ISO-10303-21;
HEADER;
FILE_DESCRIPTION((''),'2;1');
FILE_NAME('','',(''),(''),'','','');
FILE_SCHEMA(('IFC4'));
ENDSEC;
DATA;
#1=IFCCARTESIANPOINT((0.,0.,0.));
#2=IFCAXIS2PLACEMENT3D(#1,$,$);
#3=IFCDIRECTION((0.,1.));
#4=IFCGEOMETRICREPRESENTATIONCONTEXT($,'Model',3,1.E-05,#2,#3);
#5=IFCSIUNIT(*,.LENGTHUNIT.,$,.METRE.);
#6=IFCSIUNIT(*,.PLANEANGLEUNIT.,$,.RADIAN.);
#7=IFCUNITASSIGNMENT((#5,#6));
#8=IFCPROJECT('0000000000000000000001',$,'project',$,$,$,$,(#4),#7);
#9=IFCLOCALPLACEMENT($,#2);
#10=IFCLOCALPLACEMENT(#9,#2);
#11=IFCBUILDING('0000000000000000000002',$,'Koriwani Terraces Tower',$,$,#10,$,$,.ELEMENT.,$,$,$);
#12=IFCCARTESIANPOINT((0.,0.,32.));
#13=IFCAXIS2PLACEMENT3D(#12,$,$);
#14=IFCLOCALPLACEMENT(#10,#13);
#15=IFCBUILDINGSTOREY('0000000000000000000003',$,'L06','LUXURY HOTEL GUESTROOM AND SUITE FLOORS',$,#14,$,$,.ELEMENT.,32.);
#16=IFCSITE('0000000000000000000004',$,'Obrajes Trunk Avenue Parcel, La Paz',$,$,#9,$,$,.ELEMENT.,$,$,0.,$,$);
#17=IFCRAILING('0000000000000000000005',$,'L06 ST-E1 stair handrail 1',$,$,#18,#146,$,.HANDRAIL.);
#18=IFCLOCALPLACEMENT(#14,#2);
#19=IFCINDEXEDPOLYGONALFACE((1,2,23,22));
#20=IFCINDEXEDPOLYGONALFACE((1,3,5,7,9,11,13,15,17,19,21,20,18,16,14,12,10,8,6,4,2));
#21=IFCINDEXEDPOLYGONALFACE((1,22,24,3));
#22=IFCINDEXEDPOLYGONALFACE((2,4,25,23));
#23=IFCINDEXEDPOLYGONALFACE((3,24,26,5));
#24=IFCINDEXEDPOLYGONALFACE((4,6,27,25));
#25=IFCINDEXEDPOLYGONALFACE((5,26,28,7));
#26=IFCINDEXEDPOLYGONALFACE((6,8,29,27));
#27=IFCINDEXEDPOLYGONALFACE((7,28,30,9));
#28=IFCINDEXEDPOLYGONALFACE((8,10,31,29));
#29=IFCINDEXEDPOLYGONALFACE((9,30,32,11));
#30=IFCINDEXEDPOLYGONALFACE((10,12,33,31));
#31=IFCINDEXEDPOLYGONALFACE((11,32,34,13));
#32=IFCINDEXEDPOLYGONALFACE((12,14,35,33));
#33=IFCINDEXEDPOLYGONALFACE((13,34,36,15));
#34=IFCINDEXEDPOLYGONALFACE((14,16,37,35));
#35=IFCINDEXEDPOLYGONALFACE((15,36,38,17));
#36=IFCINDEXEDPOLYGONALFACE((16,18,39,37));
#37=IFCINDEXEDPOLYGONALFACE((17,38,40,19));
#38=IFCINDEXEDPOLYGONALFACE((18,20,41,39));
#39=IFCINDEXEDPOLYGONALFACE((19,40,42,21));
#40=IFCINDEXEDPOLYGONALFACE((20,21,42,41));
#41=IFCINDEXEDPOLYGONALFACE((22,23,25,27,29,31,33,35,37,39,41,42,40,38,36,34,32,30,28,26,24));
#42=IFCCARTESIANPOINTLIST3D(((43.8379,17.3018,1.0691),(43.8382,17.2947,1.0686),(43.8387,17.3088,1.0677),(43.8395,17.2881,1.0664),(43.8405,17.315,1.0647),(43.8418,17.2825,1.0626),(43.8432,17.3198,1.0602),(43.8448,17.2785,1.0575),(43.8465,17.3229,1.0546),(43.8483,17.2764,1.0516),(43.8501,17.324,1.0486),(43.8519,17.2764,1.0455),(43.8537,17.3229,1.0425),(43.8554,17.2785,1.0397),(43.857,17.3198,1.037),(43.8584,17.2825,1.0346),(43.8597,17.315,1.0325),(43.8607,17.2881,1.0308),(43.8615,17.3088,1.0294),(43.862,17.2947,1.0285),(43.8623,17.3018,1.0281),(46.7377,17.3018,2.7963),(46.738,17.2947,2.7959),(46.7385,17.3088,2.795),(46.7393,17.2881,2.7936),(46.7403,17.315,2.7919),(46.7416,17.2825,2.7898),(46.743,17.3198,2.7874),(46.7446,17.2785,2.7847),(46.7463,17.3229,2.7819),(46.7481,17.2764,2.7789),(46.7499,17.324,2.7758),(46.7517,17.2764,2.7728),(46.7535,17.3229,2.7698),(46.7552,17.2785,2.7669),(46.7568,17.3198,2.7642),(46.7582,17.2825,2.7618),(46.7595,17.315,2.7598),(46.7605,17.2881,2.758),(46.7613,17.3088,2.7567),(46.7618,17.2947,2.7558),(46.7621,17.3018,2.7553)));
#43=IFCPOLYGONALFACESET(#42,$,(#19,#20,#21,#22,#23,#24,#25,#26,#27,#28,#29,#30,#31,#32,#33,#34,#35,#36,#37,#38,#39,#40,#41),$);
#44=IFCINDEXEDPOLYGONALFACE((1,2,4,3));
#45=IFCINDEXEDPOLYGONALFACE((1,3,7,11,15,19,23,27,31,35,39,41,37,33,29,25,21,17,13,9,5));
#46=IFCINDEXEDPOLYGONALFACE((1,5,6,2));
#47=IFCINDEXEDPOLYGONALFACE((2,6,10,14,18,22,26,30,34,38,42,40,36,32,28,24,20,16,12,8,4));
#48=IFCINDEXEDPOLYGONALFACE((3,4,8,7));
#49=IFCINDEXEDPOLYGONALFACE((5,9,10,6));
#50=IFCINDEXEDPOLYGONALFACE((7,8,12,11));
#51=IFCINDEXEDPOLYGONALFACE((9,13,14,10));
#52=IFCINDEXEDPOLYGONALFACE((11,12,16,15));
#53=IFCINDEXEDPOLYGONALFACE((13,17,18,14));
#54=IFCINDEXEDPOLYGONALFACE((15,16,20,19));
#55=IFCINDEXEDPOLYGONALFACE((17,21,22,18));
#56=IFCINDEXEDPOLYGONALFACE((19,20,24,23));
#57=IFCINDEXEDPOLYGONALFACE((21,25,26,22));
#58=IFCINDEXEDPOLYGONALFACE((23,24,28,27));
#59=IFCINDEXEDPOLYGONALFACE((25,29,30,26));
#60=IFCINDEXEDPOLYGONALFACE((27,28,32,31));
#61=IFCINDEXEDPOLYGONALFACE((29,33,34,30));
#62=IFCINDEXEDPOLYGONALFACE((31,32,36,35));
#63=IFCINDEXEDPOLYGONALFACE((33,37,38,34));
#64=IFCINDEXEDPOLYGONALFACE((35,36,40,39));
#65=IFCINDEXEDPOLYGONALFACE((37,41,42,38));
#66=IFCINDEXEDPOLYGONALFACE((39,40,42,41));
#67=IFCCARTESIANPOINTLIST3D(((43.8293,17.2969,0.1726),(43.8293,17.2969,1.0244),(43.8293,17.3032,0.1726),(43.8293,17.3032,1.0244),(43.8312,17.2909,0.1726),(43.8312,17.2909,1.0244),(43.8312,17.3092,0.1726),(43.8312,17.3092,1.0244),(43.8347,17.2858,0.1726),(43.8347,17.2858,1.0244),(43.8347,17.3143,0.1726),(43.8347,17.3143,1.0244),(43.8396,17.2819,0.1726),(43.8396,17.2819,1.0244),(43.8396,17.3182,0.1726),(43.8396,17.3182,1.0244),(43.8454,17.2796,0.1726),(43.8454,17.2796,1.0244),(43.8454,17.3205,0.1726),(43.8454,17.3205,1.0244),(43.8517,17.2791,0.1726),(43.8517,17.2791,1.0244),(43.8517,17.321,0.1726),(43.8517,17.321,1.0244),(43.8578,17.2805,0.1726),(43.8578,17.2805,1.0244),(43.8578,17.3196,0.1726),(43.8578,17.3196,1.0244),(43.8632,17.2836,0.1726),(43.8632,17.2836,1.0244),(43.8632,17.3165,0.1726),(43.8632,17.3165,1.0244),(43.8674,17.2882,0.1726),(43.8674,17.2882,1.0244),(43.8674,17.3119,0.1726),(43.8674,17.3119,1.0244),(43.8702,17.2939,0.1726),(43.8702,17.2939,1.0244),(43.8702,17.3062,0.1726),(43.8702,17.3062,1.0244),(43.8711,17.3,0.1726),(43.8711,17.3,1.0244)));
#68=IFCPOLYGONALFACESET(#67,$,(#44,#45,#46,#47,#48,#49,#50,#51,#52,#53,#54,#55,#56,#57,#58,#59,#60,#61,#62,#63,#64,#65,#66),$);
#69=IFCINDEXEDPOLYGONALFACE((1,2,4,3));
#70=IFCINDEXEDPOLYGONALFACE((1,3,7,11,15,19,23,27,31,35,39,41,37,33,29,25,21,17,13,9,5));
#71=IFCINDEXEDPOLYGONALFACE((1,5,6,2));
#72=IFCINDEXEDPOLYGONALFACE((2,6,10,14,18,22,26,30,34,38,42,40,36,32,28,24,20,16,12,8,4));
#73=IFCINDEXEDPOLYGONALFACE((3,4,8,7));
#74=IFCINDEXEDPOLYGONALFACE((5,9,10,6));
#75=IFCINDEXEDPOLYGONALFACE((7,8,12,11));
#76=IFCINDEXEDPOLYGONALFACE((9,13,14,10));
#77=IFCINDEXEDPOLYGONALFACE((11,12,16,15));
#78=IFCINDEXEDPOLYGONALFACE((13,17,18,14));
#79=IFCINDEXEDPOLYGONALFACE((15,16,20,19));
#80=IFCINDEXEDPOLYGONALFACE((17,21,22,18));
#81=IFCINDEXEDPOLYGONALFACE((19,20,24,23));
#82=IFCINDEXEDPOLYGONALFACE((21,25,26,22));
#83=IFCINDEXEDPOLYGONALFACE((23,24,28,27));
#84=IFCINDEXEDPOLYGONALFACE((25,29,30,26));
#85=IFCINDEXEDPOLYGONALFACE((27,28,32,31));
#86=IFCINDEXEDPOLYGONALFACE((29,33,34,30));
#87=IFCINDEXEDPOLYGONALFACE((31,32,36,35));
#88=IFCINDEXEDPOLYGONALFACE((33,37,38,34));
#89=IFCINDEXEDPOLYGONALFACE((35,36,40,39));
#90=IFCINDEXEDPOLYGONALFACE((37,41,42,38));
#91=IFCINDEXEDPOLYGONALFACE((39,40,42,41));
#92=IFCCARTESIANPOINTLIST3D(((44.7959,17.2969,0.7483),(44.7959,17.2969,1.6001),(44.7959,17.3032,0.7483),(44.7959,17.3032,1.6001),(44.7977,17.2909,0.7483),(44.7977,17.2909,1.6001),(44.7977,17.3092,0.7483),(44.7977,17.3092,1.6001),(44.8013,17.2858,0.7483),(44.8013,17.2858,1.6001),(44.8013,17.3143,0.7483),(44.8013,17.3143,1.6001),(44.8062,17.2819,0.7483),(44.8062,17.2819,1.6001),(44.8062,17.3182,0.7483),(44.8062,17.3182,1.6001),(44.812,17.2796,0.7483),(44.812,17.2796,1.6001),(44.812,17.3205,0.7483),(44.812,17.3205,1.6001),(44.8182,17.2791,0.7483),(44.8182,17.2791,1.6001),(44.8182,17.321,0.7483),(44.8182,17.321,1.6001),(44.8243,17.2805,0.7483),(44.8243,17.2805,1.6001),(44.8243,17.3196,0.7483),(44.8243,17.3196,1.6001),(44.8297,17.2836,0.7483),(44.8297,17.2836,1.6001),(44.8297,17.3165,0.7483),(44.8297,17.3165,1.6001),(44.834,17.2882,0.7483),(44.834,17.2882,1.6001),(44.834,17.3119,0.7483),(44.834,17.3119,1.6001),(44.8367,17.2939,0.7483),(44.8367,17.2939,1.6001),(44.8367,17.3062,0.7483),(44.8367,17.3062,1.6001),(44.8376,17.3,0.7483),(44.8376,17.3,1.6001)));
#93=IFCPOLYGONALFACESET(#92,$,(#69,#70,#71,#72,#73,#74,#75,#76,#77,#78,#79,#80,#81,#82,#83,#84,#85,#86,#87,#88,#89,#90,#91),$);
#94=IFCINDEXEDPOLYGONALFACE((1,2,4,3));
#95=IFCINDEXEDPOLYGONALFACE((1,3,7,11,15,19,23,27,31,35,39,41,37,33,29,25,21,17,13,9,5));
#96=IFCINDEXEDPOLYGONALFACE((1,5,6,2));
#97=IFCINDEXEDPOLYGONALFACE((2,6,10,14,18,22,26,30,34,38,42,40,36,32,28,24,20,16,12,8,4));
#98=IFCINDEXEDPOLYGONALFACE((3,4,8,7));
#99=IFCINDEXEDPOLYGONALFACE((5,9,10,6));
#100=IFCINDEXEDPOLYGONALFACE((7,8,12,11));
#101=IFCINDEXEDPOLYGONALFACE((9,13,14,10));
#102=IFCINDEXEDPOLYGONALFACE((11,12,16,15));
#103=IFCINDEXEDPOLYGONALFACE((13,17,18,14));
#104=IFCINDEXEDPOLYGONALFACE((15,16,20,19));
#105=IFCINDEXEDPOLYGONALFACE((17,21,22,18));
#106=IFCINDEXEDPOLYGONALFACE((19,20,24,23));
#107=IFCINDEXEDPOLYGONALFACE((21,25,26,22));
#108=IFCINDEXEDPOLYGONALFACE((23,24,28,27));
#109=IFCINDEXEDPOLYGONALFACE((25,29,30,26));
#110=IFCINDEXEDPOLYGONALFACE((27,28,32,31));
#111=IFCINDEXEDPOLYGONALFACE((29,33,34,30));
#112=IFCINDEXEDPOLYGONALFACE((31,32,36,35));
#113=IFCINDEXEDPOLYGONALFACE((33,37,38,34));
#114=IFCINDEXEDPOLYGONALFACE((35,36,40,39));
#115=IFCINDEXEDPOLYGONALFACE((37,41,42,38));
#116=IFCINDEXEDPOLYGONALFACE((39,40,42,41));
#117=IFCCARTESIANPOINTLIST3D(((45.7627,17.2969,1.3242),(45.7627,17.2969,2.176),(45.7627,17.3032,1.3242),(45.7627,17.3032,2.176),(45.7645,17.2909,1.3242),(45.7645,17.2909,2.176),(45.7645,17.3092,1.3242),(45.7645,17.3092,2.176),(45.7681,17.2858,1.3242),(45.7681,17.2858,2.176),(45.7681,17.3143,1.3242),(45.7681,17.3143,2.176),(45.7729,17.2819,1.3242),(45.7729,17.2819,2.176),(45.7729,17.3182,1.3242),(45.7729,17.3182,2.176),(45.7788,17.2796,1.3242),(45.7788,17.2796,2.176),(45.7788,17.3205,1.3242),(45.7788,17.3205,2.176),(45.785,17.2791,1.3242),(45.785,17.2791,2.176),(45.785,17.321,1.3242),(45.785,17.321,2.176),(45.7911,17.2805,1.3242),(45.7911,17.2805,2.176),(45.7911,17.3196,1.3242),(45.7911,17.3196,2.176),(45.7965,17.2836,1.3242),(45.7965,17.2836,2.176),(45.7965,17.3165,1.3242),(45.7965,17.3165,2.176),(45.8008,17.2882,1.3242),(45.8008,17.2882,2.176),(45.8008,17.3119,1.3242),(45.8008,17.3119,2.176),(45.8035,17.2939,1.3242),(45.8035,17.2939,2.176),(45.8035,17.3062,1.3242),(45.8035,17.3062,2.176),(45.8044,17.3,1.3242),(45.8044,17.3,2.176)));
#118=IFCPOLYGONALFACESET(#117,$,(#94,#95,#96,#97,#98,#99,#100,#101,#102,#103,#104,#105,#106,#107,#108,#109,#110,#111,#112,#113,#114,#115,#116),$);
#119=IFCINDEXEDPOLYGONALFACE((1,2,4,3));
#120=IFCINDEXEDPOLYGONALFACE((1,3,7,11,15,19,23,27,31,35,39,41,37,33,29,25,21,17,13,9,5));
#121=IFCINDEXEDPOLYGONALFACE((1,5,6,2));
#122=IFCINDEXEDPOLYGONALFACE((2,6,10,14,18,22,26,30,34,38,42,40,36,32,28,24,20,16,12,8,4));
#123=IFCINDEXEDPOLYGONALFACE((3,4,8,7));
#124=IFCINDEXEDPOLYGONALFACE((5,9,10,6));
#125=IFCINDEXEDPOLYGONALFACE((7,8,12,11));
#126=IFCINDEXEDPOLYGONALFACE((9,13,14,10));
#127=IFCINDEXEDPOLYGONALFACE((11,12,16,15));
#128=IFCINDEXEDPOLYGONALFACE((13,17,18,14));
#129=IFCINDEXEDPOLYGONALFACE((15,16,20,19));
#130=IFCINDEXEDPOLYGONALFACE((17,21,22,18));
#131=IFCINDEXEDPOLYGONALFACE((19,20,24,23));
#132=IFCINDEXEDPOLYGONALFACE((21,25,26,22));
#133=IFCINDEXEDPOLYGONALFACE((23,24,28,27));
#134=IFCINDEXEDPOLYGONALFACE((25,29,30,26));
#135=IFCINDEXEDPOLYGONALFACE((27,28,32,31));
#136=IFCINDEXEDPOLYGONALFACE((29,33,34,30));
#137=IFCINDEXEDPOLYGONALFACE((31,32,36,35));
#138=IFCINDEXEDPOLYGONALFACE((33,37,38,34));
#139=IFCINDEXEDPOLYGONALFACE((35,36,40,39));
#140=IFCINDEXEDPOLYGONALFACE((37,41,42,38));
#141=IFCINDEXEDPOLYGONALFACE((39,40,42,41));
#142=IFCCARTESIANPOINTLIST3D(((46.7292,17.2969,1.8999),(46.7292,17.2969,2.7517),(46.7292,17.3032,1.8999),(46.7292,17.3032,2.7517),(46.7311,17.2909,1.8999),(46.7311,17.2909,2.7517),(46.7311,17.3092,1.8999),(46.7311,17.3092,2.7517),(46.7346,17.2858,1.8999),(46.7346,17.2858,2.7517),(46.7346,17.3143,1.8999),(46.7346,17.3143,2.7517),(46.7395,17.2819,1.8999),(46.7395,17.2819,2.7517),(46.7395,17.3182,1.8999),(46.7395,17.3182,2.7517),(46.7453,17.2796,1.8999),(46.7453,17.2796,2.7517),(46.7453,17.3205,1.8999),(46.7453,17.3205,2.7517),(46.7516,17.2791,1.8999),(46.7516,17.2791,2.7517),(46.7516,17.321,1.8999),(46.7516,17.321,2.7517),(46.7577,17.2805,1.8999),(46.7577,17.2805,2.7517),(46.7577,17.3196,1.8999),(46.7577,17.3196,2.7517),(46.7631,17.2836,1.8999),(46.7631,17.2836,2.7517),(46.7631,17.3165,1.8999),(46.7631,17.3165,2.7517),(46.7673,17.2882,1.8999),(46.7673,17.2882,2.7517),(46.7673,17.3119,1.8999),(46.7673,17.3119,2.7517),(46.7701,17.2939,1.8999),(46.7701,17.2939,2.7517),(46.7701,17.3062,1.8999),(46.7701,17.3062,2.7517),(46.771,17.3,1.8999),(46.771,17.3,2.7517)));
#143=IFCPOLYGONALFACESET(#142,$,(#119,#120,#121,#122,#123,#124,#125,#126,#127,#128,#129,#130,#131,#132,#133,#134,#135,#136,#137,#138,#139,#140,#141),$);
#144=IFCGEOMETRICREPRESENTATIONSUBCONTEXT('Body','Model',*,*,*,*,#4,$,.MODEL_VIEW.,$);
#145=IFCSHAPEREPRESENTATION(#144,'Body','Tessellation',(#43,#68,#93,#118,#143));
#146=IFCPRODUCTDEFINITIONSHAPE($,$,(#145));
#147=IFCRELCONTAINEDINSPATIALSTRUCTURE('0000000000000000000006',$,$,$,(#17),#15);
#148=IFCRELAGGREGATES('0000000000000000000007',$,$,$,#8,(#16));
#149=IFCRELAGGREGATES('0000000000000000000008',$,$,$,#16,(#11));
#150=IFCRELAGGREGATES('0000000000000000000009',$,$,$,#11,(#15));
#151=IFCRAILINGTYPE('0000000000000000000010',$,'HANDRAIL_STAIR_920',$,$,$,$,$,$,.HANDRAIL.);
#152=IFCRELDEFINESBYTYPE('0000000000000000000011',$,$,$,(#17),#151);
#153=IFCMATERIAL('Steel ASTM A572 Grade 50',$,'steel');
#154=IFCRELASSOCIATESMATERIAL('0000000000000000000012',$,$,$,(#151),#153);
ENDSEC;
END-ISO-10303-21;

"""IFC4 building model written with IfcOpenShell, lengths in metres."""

from ifc_helpers import new_model, si_unit, direction, frame, origin, origin_2d, place, context, subcontext, project, spatial, circle, extrude, material, type_object, element, save


model = new_model("IFC4")

# Units and contexts
model_context = context("Model", 3, precision=1e-05, world=origin(), true_north=direction((0.0, 1.0)))
body_context = subcontext(model_context, "Body", "Model", "MODEL_VIEW")
ifc_project = project(units=[si_unit("LENGTHUNIT", "METRE"), si_unit("PLANEANGLEUNIT", "RADIAN")], contexts=[model_context])

# Site, building, storey
site_placement = place(None, origin())
site = spatial("IfcSite", under=ifc_project, at=site_placement, Name="Obrajes Trunk Avenue Parcel, La Paz", CompositionType="ELEMENT", RefElevation=0.0)
building_placement = place(site_placement, origin())
building = spatial("IfcBuilding", under=site, at=building_placement, Name="Koriwani Terraces Tower", CompositionType="ELEMENT")
storey_placement = place(building_placement, frame((0.0, 0.0, 32.0)))
storey = spatial("IfcBuildingStorey", under=building, at=storey_placement, Name="L06", Description="LUXURY HOTEL GUESTROOM AND SUITE FLOORS", CompositionType="ELEMENT", Elevation=32.0)

# Shared definitions
ifc_material_1 = material(Name="Steel ASTM A572 Grade 50", Category="steel")

# Railing
railing_type_1 = type_object("IfcRailingType", Name="HANDRAIL_STAIR_920", PredefinedType="HANDRAIL", material=ifc_material_1)
railing_1_placement = place(storey_placement, frame((43.8501, 17.3, 0.1726)))
element("IfcRailing", 1, at=railing_1_placement, inside=storey, type_object=railing_type_1, Name="L06 ST-E1 stair handrail 1", PredefinedType="HANDRAIL", context=body_context, shape_type="SweptSolid", body=[
    extrude(circle(Radius=0.0239, at=origin_2d()), frame((0.0, 0.0, 0.876), z_axis=(0.859141, 0.0, 0.511738), x_axis=(0.0, 1.0, 0.0)), (0.0, 0.0, 1.0), 3.3752),
    extrude(circle(Radius=0.021, at=origin_2d()), origin(), (0.0, 0.0, 1.0), 0.8518),
    extrude(circle(Radius=0.021, at=origin_2d()), frame((0.9666, 0.0, 0.5757)), (0.0, 0.0, 1.0), 0.8518),
    extrude(circle(Radius=0.021, at=origin_2d()), frame((1.9333, 0.0, 1.1516)), (0.0, 0.0, 1.0), 0.8518),
    extrude(circle(Radius=0.021, at=origin_2d()), frame((2.8999, 0.0, 1.7273)), (0.0, 0.0, 1.0), 0.8518),
])

save(model, "model.ifc")
